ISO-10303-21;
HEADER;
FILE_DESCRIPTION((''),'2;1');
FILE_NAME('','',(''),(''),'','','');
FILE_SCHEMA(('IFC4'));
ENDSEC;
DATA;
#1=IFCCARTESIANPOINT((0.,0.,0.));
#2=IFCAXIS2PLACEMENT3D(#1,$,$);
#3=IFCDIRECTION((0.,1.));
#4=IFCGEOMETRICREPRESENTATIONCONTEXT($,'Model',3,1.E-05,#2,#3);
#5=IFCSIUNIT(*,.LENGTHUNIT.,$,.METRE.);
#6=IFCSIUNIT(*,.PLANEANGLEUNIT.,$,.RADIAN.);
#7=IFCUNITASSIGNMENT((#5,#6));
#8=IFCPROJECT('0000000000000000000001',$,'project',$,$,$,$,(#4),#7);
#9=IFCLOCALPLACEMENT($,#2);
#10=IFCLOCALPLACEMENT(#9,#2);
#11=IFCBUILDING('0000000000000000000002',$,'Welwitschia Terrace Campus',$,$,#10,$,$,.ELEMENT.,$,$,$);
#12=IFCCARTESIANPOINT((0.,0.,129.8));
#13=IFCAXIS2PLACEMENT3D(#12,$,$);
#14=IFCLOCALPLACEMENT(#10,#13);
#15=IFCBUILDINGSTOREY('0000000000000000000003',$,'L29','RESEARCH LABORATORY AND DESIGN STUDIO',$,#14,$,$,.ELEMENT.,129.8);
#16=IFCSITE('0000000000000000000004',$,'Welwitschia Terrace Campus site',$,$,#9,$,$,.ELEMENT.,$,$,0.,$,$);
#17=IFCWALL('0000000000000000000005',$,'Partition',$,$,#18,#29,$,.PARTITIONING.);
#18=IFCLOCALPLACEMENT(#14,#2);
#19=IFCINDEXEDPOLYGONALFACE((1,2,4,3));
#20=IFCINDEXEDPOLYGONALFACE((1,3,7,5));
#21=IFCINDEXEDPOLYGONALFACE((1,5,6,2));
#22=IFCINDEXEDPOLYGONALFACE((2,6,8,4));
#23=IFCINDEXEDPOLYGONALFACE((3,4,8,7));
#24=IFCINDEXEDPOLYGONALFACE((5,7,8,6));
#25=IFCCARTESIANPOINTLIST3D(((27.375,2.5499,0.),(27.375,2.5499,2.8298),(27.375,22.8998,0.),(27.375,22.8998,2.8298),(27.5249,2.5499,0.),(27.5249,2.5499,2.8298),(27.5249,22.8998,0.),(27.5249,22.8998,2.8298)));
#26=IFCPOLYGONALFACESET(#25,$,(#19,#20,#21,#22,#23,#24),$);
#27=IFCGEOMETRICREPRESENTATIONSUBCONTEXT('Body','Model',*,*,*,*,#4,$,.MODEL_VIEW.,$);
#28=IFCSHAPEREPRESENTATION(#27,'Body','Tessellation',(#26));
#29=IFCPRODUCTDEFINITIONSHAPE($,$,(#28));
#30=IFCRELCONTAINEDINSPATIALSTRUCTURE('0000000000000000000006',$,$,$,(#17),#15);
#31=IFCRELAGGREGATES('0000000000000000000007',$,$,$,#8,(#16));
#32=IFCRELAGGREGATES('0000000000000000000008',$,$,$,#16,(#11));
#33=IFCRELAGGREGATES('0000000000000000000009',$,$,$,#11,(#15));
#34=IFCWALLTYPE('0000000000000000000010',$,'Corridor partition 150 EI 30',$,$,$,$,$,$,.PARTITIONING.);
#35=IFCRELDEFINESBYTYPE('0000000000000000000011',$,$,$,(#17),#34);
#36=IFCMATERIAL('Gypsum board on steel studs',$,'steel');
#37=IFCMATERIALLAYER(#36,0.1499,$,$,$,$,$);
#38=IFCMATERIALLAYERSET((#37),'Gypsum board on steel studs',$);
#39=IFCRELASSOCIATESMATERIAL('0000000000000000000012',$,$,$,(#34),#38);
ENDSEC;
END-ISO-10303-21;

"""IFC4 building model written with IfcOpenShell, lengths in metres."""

from ifc_helpers import new_model, si_unit, direction, frame, frame_2d, origin, place, context, subcontext, project, spatial, rectangle, extrude, material, layer, layer_set, type_object, element, save


model = new_model("IFC4")

# Units and contexts
model_context = context("Model", 3, precision=1e-05, world=origin(), true_north=direction((0.0, 1.0)))
body_context = subcontext(model_context, "Body", "Model", "MODEL_VIEW")
ifc_project = project(units=[si_unit("LENGTHUNIT", "METRE"), si_unit("PLANEANGLEUNIT", "RADIAN")], contexts=[model_context])

# Site, building, storey
site_placement = place(None, origin())
site = spatial("IfcSite", under=ifc_project, at=site_placement, Name="Welwitschia Terrace Campus site", CompositionType="ELEMENT", RefElevation=0.0)
building_placement = place(site_placement, origin())
building = spatial("IfcBuilding", under=site, at=building_placement, Name="Welwitschia Terrace Campus", CompositionType="ELEMENT")
storey_placement = place(building_placement, frame((0.0, 0.0, 129.8)))
storey = spatial("IfcBuildingStorey", under=building, at=storey_placement, Name="L29", Description="RESEARCH LABORATORY AND DESIGN STUDIO", CompositionType="ELEMENT", Elevation=129.8)

# Wall
ifc_material_1 = material(Name="Gypsum board on steel studs", Category="steel")
ifc_layer_1 = layer(ifc_material_1, 0.1499)
ifc_layer_set_1 = layer_set([ifc_layer_1], Name="Gypsum board on steel studs")
wall_type_1 = type_object("IfcWallType", Name="Corridor partition 150 EI 30", PredefinedType="PARTITIONING", material=ifc_layer_set_1)
wall_1_placement = place(storey_placement, frame((27.45, 2.55, 0.0), z_axis=(0.0, 0.0, 1.0), x_axis=(0.0, 1.0, 0.0)))
element("IfcWall", 1, at=wall_1_placement, inside=storey, type_object=wall_type_1, Name="Partition", PredefinedType="PARTITIONING", context=body_context, shape_type="SweptSolid", body=[
    extrude(rectangle(XDim=20.3499, YDim=0.1499, at=frame_2d((10.1748, 0.0))), origin(), (0.0, 0.0, 1.0), 2.8298),
])

save(model, "model.ifc")
